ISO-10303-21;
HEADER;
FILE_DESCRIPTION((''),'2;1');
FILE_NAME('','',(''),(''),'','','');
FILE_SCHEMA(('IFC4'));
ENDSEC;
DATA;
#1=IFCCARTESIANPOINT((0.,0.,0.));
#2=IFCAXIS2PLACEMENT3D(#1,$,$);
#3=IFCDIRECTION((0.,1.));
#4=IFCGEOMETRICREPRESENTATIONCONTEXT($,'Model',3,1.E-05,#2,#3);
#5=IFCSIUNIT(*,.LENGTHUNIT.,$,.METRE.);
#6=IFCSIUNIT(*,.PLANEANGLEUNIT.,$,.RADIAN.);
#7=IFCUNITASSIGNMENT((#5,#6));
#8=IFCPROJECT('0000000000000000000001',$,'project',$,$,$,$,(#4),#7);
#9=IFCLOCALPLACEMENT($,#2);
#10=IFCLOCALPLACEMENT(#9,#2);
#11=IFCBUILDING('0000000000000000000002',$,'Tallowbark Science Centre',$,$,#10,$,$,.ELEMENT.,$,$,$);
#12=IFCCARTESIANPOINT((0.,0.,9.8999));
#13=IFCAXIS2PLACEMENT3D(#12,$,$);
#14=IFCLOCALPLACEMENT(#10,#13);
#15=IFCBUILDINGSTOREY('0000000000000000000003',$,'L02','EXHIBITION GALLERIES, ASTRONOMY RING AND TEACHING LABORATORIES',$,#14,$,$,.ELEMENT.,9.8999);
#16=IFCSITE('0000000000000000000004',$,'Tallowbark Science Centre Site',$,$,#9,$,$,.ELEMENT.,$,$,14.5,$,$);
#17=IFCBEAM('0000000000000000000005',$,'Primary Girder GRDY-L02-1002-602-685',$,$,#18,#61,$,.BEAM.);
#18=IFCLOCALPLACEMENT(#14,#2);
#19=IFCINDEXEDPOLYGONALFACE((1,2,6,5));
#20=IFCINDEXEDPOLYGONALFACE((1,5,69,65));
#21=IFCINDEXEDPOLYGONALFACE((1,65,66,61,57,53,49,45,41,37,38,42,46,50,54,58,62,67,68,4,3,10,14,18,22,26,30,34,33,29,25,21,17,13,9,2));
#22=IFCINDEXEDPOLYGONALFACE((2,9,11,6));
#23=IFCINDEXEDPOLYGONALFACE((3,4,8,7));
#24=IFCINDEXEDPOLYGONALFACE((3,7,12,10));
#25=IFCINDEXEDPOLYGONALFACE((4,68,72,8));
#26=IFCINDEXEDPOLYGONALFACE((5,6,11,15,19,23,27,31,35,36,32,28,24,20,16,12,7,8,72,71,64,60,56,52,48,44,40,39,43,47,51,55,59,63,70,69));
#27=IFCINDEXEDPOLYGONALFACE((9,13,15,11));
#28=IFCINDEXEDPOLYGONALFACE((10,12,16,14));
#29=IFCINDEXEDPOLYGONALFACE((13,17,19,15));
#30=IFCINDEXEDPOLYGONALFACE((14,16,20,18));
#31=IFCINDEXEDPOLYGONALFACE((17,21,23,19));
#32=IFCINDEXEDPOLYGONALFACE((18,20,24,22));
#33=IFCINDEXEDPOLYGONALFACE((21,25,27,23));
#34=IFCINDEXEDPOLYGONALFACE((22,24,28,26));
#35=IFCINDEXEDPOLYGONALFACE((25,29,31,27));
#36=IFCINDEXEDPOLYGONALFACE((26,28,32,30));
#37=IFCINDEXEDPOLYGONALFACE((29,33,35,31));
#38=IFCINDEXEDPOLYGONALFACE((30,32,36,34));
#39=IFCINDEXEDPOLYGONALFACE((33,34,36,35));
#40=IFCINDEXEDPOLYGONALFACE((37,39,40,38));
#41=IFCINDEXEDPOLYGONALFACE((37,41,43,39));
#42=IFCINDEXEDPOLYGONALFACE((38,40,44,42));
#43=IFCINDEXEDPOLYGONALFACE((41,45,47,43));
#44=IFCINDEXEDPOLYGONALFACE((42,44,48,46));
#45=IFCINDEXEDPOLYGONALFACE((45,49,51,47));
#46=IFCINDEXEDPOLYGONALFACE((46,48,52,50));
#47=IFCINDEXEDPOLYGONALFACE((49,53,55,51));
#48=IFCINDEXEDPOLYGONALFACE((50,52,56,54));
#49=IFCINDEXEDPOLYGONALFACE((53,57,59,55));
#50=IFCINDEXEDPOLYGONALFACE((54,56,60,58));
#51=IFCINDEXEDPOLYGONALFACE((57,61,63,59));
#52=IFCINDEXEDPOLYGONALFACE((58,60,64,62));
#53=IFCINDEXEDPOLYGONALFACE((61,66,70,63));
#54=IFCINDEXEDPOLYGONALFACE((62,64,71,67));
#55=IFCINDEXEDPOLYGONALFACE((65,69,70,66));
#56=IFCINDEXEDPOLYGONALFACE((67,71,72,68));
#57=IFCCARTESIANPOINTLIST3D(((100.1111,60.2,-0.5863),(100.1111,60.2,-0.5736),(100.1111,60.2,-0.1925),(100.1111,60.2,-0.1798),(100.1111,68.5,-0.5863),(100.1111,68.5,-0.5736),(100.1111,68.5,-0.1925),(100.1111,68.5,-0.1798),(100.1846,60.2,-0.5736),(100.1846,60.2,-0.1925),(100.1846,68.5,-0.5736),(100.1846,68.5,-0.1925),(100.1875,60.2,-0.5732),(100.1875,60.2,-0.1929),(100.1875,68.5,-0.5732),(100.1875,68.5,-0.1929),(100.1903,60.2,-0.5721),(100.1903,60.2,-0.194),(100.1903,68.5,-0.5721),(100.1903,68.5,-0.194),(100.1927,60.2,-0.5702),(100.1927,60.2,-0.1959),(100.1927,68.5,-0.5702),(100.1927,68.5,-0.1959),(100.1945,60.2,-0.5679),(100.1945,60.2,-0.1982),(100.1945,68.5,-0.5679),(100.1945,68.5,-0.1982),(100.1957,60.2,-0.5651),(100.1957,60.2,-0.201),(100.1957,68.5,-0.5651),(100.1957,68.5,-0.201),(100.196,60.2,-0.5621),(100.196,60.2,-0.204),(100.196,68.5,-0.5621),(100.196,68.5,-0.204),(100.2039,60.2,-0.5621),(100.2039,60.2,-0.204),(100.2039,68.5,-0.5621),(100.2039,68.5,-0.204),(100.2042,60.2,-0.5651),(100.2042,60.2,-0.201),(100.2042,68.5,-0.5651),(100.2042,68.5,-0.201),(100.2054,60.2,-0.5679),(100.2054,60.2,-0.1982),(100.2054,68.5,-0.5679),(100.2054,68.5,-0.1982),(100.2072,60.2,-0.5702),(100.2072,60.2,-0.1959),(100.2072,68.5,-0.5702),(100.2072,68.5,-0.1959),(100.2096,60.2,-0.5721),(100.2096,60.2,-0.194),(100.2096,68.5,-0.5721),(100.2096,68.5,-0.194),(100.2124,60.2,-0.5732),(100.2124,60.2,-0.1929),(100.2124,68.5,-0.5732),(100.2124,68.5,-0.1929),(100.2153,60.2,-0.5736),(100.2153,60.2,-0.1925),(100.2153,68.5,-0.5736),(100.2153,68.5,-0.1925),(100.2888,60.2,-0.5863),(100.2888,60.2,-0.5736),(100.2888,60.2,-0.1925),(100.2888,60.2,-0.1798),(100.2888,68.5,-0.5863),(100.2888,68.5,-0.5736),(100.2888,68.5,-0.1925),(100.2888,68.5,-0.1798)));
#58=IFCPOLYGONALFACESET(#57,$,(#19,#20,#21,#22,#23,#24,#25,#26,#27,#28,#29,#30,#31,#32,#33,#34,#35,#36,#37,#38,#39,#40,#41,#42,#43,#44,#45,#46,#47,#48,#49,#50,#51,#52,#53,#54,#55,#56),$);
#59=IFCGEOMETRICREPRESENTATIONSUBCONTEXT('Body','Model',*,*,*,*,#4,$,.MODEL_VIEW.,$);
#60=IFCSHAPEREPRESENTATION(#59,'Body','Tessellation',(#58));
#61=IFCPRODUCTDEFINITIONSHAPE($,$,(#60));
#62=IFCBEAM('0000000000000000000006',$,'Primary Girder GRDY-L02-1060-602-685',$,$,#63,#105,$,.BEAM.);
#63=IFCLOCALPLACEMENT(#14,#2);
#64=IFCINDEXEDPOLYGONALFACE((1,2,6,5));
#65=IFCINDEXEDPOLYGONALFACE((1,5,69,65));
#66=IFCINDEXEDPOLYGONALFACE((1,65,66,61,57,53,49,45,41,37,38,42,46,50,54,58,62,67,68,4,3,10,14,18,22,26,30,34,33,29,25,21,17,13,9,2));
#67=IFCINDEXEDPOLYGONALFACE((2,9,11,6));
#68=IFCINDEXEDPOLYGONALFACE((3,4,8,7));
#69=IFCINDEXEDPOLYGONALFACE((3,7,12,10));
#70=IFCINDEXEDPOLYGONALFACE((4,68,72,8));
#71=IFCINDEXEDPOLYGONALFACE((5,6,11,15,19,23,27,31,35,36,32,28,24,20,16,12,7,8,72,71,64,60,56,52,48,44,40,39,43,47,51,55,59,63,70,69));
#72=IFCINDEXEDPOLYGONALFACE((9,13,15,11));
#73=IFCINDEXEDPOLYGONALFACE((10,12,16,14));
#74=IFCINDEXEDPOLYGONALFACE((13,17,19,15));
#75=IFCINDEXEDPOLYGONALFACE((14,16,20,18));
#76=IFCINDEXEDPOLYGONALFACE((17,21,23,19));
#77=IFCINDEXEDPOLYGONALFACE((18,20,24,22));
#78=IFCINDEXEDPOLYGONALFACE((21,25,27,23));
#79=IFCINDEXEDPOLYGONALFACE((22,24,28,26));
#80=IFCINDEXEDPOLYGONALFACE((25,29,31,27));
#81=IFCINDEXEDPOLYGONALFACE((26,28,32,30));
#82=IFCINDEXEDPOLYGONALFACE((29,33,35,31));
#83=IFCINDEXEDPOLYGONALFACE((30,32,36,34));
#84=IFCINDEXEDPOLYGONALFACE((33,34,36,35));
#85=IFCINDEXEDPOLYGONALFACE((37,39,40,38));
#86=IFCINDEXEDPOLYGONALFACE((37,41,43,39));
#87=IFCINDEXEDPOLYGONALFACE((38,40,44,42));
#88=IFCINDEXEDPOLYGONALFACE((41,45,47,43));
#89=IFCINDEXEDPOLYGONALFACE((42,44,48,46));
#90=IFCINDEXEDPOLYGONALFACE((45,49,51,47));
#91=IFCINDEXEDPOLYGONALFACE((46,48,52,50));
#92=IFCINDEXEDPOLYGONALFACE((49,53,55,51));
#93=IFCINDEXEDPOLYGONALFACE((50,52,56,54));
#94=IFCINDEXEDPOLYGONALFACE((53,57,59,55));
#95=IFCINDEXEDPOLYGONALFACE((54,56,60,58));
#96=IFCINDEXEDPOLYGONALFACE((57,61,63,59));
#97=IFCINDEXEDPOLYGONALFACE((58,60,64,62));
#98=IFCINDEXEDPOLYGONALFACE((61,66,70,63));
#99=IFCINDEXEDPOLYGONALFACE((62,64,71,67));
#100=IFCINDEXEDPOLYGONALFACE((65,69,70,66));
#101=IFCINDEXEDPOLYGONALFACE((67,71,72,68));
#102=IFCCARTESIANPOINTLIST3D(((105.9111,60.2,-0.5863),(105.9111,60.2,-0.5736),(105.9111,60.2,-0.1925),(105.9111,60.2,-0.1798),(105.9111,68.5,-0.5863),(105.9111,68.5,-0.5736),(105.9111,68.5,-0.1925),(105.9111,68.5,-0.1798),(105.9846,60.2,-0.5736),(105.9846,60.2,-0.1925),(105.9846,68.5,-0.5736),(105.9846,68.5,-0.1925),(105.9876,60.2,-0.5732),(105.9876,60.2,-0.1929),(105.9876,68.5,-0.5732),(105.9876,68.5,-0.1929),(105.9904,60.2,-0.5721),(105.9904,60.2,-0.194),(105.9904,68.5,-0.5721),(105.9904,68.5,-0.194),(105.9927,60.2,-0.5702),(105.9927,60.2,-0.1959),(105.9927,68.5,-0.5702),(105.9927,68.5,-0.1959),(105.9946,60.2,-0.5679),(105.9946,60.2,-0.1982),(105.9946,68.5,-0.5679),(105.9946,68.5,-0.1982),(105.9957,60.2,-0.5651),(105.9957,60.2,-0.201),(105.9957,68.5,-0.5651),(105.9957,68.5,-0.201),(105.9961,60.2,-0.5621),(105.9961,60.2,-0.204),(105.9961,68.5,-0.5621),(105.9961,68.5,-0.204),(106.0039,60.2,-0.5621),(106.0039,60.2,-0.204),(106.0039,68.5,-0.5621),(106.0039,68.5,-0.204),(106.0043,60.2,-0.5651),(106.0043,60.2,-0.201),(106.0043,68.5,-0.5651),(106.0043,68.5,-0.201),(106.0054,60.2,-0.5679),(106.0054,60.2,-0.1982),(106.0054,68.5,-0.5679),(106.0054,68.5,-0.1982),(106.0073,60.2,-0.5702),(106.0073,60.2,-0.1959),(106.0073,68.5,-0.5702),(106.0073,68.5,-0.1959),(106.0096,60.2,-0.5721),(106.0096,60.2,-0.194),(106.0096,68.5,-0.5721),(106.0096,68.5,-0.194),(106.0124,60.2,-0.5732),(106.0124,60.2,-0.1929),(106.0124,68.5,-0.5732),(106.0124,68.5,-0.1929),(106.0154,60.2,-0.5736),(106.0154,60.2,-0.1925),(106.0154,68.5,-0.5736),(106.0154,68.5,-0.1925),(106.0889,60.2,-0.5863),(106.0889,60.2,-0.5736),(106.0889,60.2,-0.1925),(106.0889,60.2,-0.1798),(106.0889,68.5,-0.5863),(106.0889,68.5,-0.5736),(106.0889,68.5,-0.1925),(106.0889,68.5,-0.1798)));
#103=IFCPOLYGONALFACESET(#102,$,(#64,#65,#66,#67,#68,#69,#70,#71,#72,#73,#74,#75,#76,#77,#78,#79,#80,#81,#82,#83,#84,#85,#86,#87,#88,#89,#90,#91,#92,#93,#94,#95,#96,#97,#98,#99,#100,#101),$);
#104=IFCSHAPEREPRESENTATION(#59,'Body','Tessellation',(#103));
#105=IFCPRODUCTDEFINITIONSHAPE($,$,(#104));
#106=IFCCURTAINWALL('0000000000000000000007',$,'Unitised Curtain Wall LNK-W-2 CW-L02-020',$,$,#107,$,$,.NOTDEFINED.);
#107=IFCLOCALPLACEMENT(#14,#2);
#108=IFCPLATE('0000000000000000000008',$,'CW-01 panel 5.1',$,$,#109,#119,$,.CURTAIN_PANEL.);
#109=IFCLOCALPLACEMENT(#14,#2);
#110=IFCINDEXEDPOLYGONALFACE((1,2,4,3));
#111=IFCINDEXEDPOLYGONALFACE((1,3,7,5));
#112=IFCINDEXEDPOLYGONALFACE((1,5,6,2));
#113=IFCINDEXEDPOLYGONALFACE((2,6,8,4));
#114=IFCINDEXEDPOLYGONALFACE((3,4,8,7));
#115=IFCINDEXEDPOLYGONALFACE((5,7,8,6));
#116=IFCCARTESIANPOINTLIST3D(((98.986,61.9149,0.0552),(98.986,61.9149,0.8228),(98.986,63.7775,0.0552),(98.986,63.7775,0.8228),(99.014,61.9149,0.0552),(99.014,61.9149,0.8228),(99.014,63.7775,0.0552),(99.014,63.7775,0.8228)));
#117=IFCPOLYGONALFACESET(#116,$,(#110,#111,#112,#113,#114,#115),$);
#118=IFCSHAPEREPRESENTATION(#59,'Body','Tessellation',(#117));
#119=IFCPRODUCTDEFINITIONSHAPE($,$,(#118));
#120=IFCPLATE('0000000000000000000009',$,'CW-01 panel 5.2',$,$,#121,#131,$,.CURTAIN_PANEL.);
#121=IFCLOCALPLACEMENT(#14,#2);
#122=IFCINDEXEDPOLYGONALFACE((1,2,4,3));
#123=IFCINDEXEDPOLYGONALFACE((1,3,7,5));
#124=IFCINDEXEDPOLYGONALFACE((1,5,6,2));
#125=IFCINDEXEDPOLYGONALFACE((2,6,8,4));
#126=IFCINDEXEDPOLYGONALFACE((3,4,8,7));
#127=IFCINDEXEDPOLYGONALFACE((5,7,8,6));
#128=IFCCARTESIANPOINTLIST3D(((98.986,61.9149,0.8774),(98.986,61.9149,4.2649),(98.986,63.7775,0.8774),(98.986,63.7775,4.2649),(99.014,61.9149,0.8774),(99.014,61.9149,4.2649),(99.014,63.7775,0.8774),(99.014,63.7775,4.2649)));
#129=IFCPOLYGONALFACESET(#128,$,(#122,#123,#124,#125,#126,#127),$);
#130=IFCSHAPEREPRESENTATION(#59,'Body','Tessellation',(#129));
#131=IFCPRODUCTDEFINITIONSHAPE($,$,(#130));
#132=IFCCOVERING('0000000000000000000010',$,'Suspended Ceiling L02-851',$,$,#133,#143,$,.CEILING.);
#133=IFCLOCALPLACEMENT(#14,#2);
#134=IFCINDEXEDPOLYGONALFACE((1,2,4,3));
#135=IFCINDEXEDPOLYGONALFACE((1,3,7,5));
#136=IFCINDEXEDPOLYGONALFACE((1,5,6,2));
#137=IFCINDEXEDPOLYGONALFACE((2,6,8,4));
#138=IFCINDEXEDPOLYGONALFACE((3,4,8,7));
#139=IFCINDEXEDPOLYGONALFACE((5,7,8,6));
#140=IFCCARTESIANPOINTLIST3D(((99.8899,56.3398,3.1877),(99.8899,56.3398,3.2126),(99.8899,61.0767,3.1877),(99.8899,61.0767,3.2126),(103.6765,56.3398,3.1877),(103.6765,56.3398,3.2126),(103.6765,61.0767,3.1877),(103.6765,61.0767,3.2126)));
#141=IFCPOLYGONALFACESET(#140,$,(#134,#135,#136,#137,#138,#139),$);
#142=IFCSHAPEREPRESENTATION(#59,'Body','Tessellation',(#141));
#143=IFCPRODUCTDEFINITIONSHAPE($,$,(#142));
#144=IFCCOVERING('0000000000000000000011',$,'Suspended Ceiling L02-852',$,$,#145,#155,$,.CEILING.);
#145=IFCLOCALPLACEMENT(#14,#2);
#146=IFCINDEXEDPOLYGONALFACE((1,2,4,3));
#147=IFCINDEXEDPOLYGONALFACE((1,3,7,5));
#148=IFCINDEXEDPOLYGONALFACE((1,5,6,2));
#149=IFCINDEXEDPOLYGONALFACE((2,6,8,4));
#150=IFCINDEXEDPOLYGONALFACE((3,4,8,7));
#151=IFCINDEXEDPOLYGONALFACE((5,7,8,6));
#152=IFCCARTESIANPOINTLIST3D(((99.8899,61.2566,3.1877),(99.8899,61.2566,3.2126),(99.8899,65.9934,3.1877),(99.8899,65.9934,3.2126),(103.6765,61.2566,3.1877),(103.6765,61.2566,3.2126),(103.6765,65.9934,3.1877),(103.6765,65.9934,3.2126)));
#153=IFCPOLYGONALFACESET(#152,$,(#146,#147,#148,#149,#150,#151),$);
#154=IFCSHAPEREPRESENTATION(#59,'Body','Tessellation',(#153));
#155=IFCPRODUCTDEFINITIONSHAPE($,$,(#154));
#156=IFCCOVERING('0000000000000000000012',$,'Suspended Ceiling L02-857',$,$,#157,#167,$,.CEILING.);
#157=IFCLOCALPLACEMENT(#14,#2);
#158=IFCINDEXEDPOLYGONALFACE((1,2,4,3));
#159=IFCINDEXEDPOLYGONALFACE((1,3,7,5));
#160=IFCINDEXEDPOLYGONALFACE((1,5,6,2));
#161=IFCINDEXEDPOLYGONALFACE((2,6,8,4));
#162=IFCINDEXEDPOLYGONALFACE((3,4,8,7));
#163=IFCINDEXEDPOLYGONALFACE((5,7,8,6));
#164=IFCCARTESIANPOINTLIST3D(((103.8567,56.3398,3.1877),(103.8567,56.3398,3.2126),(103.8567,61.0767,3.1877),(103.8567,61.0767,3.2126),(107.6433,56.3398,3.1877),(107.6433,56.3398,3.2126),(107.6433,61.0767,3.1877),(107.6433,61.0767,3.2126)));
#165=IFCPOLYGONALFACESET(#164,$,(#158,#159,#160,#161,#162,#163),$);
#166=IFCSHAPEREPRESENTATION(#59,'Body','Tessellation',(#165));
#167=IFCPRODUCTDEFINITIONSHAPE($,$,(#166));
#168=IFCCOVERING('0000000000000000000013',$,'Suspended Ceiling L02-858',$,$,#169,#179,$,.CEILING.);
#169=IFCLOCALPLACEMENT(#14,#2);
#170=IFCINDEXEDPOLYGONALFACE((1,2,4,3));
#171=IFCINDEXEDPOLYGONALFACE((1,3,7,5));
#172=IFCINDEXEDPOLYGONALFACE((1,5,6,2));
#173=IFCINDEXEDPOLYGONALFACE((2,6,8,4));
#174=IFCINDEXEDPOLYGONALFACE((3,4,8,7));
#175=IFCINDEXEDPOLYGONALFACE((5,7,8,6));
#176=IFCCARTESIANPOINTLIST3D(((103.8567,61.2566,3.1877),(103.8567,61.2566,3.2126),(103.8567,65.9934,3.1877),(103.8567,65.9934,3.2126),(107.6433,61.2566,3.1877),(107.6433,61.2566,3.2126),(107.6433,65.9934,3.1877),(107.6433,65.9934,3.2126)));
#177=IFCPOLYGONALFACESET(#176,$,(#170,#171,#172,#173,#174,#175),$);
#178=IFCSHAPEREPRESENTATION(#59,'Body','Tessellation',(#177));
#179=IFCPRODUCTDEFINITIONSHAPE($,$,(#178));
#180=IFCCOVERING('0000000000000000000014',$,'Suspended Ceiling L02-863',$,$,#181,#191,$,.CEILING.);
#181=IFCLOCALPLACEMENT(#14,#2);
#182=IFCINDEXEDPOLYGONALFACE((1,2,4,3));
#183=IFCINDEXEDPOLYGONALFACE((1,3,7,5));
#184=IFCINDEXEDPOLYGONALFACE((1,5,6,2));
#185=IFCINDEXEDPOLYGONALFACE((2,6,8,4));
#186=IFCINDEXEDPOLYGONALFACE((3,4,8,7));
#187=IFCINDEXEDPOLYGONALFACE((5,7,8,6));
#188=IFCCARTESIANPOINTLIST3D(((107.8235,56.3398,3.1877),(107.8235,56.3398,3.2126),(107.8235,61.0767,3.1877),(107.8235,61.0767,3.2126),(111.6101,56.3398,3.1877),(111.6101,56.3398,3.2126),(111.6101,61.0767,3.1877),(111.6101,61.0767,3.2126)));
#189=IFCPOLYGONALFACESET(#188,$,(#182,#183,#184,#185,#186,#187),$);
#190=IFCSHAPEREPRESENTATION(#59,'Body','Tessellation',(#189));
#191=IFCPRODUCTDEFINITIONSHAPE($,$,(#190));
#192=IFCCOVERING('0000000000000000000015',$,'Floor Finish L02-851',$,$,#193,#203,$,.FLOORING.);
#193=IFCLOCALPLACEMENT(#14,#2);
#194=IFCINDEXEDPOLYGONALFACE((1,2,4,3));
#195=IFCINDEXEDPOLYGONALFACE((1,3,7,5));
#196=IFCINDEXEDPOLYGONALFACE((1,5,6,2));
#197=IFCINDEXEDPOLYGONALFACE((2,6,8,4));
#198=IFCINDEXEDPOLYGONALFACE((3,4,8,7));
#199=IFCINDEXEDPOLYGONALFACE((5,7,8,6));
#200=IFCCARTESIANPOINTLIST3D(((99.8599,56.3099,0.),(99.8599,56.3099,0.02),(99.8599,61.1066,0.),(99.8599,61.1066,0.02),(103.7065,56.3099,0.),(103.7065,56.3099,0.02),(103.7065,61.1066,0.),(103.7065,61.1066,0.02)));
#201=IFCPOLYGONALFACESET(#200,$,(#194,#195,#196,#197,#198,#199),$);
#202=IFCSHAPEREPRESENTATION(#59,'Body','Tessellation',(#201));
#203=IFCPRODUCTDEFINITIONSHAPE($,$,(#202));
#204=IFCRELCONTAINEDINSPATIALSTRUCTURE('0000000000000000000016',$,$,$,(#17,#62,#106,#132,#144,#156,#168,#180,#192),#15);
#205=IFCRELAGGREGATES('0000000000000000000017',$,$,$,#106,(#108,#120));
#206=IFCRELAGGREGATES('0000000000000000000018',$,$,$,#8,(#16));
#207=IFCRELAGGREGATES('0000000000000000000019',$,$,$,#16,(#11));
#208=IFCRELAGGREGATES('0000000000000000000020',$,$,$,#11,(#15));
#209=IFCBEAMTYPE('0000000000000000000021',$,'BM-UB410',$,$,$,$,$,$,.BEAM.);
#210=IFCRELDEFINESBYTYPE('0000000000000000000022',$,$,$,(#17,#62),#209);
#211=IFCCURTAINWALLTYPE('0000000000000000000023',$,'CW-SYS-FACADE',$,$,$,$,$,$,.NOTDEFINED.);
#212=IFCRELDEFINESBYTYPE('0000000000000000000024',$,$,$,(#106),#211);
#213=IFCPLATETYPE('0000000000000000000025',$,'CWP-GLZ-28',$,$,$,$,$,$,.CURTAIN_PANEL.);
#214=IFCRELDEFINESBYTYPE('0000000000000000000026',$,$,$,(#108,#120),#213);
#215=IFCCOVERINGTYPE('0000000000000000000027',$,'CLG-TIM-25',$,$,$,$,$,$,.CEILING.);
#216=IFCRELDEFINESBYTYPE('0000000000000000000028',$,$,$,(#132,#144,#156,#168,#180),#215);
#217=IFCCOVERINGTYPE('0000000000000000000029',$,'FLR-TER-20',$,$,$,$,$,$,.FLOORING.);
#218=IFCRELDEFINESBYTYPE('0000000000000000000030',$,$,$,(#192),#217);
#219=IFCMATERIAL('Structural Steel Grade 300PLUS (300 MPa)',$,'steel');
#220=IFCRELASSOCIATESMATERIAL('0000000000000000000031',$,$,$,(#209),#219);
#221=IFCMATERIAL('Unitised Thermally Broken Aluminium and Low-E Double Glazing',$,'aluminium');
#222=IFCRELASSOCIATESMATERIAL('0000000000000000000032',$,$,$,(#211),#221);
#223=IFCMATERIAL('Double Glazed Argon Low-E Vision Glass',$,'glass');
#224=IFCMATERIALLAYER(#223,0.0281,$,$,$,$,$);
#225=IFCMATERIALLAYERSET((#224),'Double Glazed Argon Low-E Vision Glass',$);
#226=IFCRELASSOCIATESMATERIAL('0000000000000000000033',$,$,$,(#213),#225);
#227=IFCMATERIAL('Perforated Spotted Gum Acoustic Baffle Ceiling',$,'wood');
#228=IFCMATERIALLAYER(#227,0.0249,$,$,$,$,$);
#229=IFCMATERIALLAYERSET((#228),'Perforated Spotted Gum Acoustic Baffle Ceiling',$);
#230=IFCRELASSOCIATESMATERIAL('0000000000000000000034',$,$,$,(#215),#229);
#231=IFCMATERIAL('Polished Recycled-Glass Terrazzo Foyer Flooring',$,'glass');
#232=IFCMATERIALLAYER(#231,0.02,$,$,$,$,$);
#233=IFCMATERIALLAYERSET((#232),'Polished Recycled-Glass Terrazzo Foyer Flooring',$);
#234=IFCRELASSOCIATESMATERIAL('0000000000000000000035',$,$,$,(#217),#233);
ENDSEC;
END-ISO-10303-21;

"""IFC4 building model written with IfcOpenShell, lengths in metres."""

from ifc_helpers import new_model, si_unit, direction, frame, origin, origin_2d, place, context, subcontext, project, spatial, rectangle, i_section, extrude, material, layer, layer_set, material_profile, profile_set, type_object, element, aggregate, save


model = new_model("IFC4")

# Units and contexts
model_context = context("Model", 3, precision=1e-05, world=origin(), true_north=direction((0.0, 1.0)))
body_context = subcontext(model_context, "Body", "Model", "MODEL_VIEW")
ifc_project = project(units=[si_unit("LENGTHUNIT", "METRE"), si_unit("PLANEANGLEUNIT", "RADIAN")], contexts=[model_context])

# Site, building, storey
site_placement = place(None, origin())
site = spatial("IfcSite", under=ifc_project, at=site_placement, Name="Tallowbark Science Centre Site", CompositionType="ELEMENT", RefElevation=14.5)
building_placement = place(site_placement, origin())
building = spatial("IfcBuilding", under=site, at=building_placement, Name="Tallowbark Science Centre", CompositionType="ELEMENT")
storey_placement = place(building_placement, frame((0.0, 0.0, 9.8999)))
storey = spatial("IfcBuildingStorey", under=building, at=storey_placement, Name="L02", Description="EXHIBITION GALLERIES, ASTRONOMY RING AND TEACHING LABORATORIES", CompositionType="ELEMENT", Elevation=9.8999)

# Shared definitions
ifc_material_1 = material(Name="Structural Steel Grade 300PLUS (300 MPa)", Category="steel")

# Beams
ifc_material_profile_1 = material_profile(ifc_material_1, i_section(OverallWidth=0.1777, OverallDepth=0.4065, WebThickness=0.0078, FlangeThickness=0.0127, FilletRadius=0.0115, at=origin_2d()), Name="410UB59.7")
ifc_profile_set_1 = profile_set([ifc_material_profile_1], Name="Structural Steel Grade 300PLUS (300 MPa)")
beam_type = type_object("IfcBeamType", Name="BM-UB410", PredefinedType="BEAM", material=ifc_profile_set_1)
for number, where, z_axis, x_axis, name in (
    (1, (100.2, 60.2, -0.3831), (0.0, 1.0, 0.0), (-1.0, 0.0, 0.0), "Primary Girder GRDY-L02-1002-602-685"),
    (2, (106.0, 60.2, -0.3831), (0.0, 1.0, 0.0), (-1.0, 0.0, 0.0), "Primary Girder GRDY-L02-1060-602-685"),
):
    element("IfcBeam", number, at=place(storey_placement, frame(where, z_axis=z_axis, x_axis=x_axis)), inside=storey, type_object=beam_type, Name=name, PredefinedType="BEAM", context=body_context, shape_type="SweptSolid", body=[
        extrude(i_section(OverallWidth=0.1777, OverallDepth=0.4065, WebThickness=0.0078, FlangeThickness=0.0127, FilletRadius=0.0115, at=origin_2d()), origin(), (0.0, 0.0, 1.0), 8.3),
    ])

# Curtain wall, plates
ifc_material_2 = material(Name="Unitised Thermally Broken Aluminium and Low-E Double Glazing", Category="aluminium")
curtain_wall_type = type_object("IfcCurtainWallType", Name="CW-SYS-FACADE", PredefinedType="NOTDEFINED", material=ifc_material_2)
curtain_wall_placement = place(storey_placement, origin())
curtain_wall = element("IfcCurtainWall", 3, at=curtain_wall_placement, inside=storey, type_object=curtain_wall_type, Name="Unitised Curtain Wall LNK-W-2 CW-L02-020", PredefinedType="NOTDEFINED")
ifc_material_3 = material(Name="Double Glazed Argon Low-E Vision Glass", Category="glass")
ifc_layer_1 = layer(ifc_material_3, 0.0281)
ifc_layer_set_1 = layer_set([ifc_layer_1], Name="Double Glazed Argon Low-E Vision Glass")
plate_type = type_object("IfcPlateType", Name="CWP-GLZ-28", PredefinedType="CURTAIN_PANEL", material=ifc_layer_set_1)
plate_1_placement = place(storey_placement, frame((99.0, 62.8462, 0.0552), z_axis=(0.0, 0.0, 1.0), x_axis=(0.0, -1.0, 0.0)))
plate_1 = element("IfcPlate", 4, at=plate_1_placement, type_object=plate_type, Name="CW-01 panel 5.1", PredefinedType="CURTAIN_PANEL", context=body_context, shape_type="SweptSolid", body=[
    extrude(rectangle(XDim=1.8625, YDim=0.0281, at=origin_2d()), origin(), (0.0, 0.0, 1.0), 0.7676),
])
plate_2_placement = place(storey_placement, frame((99.0, 62.8462, 0.8774), z_axis=(0.0, 0.0, 1.0), x_axis=(0.0, -1.0, 0.0)))
plate_2 = element("IfcPlate", 5, at=plate_2_placement, type_object=plate_type, Name="CW-01 panel 5.2", PredefinedType="CURTAIN_PANEL", context=body_context, shape_type="SweptSolid", body=[
    extrude(rectangle(XDim=1.8625, YDim=0.0281, at=origin_2d()), origin(), (0.0, 0.0, 1.0), 3.3875),
])
aggregate(curtain_wall, [plate_1, plate_2])

# Coverings
ifc_material_4 = material(Name="Perforated Spotted Gum Acoustic Baffle Ceiling", Category="wood")
ifc_layer_2 = layer(ifc_material_4, 0.0249)
ifc_layer_set_2 = layer_set([ifc_layer_2], Name="Perforated Spotted Gum Acoustic Baffle Ceiling")
covering_type_1 = type_object("IfcCoveringType", Name="CLG-TIM-25", PredefinedType="CEILING", material=ifc_layer_set_2)
for number, where, z_axis, x_axis, name in (
    (6, (101.7832, 58.7083, 3.1877), (0.0, 0.0, 1.0), (1.0, 0.0, 0.0), "Suspended Ceiling L02-851"),
    (7, (101.7832, 63.625, 3.1877), (0.0, 0.0, 1.0), (1.0, 0.0, 0.0), "Suspended Ceiling L02-852"),
    (8, (105.75, 58.7083, 3.1877), (0.0, 0.0, 1.0), (1.0, 0.0, 0.0), "Suspended Ceiling L02-857"),
    (9, (105.75, 63.625, 3.1877), (0.0, 0.0, 1.0), (1.0, 0.0, 0.0), "Suspended Ceiling L02-858"),
    (10, (109.7168, 58.7083, 3.1877), (0.0, 0.0, 1.0), (1.0, 0.0, 0.0), "Suspended Ceiling L02-863"),
):
    element("IfcCovering", number, at=place(storey_placement, frame(where, z_axis=z_axis, x_axis=x_axis)), inside=storey, type_object=covering_type_1, Name=name, PredefinedType="CEILING", context=body_context, shape_type="SweptSolid", body=[
        extrude(rectangle(XDim=3.7866, YDim=4.7368, at=origin_2d()), origin(), (0.0, 0.0, 1.0), 0.0249),
    ])
ifc_material_5 = material(Name="Polished Recycled-Glass Terrazzo Foyer Flooring", Category="glass")
ifc_layer_3 = layer(ifc_material_5, 0.02)
ifc_layer_set_3 = layer_set([ifc_layer_3], Name="Polished Recycled-Glass Terrazzo Foyer Flooring")
covering_type_2 = type_object("IfcCoveringType", Name="FLR-TER-20", PredefinedType="FLOORING", material=ifc_layer_set_3)
for number, where, z_axis, x_axis, name in (
    (11, (101.7832, 58.7083, 0.0), (0.0, 0.0, 1.0), (1.0, 0.0, 0.0), "Floor Finish L02-851"),
):
    element("IfcCovering", number, at=place(storey_placement, frame(where, z_axis=z_axis, x_axis=x_axis)), inside=storey, type_object=covering_type_2, Name=name, PredefinedType="FLOORING", context=body_context, shape_type="SweptSolid", body=[
        extrude(rectangle(XDim=3.8467, YDim=4.7966, at=origin_2d()), origin(), (0.0, 0.0, 1.0), 0.02),
    ])

save(model, "model.ifc")
